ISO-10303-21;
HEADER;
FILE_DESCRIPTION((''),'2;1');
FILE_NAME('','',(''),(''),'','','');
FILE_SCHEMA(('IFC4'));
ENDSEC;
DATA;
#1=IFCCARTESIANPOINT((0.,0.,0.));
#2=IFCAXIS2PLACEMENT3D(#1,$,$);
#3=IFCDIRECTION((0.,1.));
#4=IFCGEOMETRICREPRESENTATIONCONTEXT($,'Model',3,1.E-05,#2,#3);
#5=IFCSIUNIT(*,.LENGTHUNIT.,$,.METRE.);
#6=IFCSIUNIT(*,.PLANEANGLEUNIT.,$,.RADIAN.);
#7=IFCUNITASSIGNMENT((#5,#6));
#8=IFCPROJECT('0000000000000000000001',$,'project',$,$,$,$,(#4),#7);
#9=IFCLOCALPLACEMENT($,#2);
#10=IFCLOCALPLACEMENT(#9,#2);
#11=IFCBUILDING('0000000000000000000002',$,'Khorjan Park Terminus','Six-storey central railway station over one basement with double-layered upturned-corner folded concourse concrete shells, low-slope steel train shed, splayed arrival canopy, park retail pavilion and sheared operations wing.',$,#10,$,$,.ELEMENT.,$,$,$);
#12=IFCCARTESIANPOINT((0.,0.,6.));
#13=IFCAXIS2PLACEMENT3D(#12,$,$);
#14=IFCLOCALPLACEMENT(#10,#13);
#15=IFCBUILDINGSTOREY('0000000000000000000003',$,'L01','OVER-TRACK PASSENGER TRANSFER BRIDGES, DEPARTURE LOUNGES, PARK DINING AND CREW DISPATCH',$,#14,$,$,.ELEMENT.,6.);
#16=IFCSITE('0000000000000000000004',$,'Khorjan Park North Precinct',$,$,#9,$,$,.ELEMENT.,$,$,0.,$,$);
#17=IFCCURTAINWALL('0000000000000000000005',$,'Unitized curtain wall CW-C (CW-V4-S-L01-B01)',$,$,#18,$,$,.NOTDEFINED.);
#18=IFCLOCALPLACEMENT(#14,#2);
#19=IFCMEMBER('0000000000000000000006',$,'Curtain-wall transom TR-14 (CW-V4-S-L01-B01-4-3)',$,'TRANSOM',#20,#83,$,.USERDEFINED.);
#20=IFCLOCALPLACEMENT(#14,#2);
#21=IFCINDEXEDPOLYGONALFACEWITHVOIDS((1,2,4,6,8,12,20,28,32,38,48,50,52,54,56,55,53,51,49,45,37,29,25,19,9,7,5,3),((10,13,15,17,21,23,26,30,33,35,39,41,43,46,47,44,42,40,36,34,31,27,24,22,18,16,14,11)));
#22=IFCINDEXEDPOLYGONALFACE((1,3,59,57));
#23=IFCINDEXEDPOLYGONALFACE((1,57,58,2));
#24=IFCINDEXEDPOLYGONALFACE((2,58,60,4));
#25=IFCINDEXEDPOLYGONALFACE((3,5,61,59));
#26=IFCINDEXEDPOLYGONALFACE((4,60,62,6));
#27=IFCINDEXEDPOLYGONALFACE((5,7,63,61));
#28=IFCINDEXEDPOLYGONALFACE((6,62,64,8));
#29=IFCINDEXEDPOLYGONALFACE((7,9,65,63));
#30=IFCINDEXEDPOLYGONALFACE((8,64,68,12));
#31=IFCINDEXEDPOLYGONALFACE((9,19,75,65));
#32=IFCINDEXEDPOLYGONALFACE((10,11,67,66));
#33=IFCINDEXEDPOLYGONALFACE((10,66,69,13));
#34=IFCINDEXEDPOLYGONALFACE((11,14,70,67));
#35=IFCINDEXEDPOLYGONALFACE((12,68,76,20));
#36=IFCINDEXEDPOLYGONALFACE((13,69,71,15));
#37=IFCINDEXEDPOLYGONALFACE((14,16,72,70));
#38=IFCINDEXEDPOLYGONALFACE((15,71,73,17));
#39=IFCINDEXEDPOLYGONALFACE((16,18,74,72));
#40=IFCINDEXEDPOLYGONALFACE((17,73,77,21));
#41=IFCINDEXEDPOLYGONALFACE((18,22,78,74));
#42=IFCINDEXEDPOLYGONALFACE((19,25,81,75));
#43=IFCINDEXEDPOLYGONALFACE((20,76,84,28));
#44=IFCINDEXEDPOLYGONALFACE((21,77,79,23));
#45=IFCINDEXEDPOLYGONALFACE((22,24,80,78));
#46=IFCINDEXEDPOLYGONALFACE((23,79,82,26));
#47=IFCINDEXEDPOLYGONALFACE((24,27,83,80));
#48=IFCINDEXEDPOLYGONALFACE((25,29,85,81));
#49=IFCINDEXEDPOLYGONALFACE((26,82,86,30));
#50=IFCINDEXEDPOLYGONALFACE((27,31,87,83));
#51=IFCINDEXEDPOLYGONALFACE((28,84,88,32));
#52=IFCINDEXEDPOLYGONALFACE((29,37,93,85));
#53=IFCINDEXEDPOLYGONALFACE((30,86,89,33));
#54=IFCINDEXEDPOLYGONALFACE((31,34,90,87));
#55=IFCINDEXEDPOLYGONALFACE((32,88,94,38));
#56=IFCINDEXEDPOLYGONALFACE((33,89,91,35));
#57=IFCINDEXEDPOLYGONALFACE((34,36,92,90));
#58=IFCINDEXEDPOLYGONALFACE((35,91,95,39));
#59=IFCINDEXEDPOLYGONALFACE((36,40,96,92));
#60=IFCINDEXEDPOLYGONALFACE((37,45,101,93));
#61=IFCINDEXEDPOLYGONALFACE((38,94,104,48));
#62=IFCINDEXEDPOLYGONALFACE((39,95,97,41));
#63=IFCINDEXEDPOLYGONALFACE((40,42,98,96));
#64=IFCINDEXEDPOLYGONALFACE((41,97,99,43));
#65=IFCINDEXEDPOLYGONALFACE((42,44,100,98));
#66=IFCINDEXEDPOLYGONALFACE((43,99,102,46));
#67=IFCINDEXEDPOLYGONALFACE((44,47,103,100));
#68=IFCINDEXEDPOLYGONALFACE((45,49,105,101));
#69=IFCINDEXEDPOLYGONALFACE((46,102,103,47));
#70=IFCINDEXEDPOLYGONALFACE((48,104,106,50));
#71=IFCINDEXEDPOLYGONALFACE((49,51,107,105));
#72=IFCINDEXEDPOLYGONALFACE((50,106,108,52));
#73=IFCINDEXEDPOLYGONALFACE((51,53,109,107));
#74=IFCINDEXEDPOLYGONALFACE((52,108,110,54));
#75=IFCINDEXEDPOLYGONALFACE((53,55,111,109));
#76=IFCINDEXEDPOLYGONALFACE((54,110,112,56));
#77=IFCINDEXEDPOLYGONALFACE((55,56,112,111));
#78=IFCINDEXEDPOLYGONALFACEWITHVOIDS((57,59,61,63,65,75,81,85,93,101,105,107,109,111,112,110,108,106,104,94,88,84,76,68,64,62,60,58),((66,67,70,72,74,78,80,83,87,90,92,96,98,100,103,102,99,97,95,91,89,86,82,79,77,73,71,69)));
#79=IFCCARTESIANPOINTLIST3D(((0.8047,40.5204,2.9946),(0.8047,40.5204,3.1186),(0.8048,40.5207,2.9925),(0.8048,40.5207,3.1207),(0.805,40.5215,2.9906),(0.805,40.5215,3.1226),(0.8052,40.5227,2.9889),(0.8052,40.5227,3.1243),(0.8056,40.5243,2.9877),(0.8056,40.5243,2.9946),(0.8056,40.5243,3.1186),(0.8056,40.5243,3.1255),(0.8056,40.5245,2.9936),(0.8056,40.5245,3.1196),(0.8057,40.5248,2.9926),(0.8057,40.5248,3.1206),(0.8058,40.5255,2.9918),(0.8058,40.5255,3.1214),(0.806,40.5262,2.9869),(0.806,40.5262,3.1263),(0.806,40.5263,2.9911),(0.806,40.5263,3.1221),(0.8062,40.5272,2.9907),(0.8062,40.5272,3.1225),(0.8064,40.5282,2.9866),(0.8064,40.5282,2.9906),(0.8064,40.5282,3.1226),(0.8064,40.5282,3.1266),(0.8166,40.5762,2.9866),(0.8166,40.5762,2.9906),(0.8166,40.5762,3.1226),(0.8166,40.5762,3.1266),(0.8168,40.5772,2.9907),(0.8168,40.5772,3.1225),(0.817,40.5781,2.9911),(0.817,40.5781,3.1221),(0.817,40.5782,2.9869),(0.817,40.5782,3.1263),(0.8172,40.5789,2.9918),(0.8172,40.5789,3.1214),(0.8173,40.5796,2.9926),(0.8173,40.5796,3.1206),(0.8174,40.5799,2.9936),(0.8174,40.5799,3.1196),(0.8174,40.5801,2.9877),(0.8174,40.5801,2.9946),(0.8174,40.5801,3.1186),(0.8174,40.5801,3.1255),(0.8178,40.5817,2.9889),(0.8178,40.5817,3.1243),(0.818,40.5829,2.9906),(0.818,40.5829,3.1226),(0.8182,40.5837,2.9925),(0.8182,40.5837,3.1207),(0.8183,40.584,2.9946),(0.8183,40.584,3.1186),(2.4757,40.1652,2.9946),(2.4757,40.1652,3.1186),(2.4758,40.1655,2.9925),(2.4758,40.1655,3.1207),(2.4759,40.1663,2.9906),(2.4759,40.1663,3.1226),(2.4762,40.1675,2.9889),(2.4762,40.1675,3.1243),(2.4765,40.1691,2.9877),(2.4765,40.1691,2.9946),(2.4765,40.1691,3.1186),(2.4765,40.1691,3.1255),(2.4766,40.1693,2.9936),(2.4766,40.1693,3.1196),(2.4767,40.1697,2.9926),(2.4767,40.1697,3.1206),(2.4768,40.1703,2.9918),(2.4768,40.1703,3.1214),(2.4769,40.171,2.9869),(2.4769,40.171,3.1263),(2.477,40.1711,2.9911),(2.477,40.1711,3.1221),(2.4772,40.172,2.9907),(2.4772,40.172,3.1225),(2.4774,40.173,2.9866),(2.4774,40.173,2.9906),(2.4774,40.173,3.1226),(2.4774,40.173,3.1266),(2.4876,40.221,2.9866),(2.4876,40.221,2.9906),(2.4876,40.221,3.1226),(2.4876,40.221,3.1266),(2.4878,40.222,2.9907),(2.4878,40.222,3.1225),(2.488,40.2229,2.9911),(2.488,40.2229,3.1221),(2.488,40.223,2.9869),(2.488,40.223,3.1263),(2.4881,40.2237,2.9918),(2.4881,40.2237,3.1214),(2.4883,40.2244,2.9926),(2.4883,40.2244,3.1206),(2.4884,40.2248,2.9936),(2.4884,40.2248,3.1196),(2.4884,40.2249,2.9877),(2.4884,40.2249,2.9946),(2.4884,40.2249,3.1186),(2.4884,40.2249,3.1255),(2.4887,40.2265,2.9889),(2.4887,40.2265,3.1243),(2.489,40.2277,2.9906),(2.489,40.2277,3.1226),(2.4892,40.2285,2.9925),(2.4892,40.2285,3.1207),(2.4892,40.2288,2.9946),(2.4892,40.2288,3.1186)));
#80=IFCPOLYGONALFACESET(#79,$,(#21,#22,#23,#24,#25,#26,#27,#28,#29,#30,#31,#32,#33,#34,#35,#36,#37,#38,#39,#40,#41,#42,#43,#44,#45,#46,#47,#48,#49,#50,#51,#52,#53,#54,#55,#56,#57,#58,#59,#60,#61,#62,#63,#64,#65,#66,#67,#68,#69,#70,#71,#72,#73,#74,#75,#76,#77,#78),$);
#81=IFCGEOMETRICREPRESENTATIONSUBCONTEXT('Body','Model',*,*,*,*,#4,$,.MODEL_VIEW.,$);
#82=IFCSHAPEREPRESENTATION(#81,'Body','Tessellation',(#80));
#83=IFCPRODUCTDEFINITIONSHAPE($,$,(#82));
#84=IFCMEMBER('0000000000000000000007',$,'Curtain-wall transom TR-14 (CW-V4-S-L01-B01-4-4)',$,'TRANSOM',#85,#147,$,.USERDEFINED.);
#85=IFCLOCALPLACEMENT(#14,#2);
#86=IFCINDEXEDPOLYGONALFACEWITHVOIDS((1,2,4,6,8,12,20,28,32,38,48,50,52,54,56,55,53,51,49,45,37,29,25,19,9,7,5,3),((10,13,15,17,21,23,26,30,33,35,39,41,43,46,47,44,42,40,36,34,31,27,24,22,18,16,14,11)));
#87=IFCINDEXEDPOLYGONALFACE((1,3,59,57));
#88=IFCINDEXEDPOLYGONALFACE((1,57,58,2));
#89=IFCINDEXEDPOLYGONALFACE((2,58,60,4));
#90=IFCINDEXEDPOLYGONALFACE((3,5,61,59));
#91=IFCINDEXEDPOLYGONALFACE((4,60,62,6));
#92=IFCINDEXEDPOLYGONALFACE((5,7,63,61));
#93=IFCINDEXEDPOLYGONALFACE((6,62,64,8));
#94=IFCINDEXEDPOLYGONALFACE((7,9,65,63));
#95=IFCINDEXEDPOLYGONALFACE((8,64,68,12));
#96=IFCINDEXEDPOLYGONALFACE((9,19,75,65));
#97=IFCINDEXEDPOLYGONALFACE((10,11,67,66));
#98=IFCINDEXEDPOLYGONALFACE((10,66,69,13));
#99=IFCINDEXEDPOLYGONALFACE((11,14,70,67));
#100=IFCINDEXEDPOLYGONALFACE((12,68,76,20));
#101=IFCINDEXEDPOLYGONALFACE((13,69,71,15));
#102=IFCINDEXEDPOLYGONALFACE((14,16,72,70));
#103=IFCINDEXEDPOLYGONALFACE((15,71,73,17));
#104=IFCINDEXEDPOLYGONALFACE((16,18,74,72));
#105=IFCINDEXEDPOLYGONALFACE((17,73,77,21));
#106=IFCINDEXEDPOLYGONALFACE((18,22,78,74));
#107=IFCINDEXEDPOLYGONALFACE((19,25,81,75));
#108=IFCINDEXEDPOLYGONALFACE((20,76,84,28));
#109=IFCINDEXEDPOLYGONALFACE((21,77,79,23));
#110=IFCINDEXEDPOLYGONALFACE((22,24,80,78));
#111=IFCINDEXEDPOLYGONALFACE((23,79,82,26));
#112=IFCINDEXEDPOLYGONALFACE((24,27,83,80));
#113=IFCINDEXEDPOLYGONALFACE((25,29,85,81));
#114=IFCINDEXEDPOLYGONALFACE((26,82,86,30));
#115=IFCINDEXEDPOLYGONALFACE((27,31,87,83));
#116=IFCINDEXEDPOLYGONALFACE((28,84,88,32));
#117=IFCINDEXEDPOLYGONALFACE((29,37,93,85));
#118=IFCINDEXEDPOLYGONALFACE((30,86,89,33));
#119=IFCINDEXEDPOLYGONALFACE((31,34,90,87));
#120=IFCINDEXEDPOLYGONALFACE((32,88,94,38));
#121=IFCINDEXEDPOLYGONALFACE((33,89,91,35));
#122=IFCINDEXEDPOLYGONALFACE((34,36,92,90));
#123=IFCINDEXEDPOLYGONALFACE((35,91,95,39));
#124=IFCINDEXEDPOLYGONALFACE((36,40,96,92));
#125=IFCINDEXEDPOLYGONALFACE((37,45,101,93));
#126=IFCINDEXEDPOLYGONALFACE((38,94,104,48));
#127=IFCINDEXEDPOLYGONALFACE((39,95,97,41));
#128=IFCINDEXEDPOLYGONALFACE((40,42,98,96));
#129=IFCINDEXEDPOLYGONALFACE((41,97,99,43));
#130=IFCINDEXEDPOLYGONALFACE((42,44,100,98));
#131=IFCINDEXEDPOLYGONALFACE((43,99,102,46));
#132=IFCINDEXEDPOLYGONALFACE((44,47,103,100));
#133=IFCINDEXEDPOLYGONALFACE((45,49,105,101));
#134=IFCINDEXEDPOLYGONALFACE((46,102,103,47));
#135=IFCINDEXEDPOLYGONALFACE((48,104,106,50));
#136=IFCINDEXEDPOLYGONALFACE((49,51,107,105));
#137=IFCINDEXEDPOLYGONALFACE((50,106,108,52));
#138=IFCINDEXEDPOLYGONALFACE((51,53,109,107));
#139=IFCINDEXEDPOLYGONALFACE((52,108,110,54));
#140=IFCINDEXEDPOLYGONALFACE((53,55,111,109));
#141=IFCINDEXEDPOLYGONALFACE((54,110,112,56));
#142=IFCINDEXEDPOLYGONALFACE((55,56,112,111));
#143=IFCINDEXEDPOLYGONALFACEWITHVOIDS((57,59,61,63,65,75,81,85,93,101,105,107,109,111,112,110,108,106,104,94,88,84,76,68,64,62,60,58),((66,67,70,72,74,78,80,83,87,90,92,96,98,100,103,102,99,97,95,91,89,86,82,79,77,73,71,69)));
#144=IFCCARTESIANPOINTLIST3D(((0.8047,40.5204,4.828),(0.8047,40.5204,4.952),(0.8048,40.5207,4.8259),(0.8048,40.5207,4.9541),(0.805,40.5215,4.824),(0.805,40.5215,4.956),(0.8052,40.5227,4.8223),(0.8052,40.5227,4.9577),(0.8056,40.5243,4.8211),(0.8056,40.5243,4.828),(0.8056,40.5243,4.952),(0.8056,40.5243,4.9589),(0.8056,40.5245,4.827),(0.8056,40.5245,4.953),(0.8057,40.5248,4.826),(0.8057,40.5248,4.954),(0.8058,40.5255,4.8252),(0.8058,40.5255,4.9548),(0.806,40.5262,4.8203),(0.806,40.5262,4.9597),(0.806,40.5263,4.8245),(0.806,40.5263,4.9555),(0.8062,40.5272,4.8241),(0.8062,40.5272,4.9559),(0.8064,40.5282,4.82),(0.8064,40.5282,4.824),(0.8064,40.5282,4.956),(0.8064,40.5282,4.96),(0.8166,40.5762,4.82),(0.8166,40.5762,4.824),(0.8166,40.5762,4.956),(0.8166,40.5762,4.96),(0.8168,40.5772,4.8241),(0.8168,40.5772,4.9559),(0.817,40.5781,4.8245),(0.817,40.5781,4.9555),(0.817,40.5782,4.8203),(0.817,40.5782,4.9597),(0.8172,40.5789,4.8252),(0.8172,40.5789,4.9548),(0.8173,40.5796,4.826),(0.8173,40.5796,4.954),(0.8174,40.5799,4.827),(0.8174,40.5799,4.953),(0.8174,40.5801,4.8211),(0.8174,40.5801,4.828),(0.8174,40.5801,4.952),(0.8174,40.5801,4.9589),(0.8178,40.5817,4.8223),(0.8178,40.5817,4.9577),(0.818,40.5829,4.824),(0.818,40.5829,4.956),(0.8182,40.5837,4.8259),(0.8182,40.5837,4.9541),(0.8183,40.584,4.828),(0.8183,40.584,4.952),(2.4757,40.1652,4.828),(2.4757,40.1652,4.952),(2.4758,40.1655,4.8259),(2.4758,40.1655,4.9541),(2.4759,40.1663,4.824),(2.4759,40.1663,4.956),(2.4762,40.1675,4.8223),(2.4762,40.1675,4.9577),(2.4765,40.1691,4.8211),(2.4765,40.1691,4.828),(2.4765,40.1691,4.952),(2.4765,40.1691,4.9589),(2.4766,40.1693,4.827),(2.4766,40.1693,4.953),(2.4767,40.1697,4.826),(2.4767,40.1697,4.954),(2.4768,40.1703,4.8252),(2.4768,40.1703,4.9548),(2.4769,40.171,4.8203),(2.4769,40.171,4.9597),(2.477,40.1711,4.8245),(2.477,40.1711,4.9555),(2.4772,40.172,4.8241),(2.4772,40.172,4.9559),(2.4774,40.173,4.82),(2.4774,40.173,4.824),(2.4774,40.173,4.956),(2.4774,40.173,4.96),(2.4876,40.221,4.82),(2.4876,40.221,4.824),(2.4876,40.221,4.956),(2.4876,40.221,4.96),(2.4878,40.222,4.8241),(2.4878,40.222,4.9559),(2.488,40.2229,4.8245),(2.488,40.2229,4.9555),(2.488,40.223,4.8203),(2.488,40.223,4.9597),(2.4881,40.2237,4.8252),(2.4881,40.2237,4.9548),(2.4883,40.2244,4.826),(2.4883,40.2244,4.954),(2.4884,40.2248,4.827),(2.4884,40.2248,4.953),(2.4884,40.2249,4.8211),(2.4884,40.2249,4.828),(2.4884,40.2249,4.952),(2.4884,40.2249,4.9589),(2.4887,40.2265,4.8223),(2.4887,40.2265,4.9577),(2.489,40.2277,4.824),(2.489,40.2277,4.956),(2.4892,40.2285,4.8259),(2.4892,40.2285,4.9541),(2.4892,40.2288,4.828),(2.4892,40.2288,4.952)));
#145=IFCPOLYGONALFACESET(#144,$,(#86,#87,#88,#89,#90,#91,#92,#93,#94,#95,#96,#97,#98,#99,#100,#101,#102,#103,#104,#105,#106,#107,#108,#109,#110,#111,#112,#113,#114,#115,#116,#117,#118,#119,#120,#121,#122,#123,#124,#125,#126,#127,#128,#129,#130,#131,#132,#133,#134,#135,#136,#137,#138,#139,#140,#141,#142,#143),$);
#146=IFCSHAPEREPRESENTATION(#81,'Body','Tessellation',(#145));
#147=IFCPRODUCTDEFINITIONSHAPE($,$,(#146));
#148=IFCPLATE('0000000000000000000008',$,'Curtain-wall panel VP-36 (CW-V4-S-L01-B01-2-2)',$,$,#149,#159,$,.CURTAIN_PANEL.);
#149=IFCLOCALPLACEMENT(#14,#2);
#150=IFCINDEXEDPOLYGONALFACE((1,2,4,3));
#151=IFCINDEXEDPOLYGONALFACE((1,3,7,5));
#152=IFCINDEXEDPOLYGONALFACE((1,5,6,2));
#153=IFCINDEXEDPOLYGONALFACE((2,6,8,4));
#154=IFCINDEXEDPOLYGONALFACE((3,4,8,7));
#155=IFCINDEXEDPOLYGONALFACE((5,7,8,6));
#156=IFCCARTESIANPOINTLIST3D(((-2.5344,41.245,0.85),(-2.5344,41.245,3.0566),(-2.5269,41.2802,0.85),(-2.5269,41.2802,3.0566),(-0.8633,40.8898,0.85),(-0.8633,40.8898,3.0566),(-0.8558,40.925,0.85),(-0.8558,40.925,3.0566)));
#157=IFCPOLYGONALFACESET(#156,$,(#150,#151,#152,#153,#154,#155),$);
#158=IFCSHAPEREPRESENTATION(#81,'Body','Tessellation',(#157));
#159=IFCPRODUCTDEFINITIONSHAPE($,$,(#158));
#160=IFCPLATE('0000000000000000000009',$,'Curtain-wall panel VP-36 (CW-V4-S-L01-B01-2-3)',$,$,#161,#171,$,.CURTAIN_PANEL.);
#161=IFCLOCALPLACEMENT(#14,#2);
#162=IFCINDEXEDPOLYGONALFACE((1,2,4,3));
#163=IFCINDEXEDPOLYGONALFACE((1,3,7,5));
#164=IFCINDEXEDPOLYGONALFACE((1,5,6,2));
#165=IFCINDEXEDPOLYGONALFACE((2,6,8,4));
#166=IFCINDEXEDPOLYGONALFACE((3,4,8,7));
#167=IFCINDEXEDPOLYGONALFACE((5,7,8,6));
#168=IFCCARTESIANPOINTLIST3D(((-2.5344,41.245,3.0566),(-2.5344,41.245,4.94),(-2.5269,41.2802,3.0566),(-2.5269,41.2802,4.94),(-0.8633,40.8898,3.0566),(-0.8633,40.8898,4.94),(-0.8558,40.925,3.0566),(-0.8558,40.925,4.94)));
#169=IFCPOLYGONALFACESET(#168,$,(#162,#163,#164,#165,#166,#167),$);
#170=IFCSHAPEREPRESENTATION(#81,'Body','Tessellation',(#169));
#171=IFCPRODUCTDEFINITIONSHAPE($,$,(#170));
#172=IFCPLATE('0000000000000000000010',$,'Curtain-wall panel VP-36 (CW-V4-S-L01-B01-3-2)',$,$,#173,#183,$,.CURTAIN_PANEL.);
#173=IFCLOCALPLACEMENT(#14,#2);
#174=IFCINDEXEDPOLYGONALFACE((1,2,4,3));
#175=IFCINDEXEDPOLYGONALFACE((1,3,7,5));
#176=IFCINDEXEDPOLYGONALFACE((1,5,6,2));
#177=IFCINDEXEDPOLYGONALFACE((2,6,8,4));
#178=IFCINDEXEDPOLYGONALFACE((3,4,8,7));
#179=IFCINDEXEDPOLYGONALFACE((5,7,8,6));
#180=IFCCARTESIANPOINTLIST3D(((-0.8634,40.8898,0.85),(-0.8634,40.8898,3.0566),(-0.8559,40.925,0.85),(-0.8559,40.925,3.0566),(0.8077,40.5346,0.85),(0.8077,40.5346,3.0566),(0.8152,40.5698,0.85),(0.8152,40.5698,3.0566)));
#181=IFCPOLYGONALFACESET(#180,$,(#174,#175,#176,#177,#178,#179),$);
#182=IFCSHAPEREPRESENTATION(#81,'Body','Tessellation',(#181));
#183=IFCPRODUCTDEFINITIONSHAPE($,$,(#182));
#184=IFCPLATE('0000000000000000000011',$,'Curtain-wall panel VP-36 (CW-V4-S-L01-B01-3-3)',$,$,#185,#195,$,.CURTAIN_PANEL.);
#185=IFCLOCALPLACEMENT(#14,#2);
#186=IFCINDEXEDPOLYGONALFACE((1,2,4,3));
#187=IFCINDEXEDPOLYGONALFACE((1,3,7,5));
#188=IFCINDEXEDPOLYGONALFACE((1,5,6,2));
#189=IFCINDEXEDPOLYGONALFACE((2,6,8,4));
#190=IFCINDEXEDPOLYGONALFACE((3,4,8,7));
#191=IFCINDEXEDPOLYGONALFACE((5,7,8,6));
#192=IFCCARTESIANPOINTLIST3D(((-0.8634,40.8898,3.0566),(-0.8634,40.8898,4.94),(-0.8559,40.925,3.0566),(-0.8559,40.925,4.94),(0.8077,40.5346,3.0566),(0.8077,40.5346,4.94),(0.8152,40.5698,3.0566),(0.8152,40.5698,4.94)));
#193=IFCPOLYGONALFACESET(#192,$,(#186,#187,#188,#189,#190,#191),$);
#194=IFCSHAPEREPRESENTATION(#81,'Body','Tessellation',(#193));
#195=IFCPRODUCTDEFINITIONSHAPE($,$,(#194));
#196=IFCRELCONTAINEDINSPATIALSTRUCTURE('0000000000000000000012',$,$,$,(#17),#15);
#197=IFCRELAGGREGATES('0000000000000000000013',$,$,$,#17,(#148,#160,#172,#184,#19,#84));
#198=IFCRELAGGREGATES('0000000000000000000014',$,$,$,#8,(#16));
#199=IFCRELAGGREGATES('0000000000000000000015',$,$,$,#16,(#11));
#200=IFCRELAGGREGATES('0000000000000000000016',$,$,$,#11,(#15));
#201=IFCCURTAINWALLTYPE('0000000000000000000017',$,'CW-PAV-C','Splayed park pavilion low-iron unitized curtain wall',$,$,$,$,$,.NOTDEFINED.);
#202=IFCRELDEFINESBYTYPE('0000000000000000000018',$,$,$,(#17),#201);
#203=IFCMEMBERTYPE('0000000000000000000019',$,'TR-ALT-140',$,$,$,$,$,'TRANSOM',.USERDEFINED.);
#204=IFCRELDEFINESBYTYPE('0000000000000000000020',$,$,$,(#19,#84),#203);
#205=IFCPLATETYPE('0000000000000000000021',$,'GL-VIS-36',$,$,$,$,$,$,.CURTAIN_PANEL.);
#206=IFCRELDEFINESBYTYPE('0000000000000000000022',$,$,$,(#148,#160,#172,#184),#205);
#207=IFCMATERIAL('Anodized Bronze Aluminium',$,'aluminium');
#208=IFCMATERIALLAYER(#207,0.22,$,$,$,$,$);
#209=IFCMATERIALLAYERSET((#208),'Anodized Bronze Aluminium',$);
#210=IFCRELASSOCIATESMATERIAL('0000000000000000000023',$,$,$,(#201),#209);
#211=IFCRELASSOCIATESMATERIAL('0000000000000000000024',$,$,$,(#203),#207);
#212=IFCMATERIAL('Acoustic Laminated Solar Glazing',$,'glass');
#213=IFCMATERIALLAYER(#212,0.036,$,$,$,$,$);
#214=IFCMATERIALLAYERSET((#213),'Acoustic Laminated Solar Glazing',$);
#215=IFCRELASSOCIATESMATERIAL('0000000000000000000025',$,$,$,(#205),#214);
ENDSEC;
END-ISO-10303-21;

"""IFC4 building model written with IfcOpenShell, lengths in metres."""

from ifc_helpers import new_model, si_unit, direction, frame, origin, origin_2d, place, context, subcontext, project, spatial, rectangle, hollow_rectangle, extrude, material, layer, layer_set, material_profile, profile_set, type_object, element, aggregate, save


model = new_model("IFC4")

# Units and contexts
model_context = context("Model", 3, precision=1e-05, world=origin(), true_north=direction((0.0, 1.0)))
body_context = subcontext(model_context, "Body", "Model", "MODEL_VIEW")
ifc_project = project(units=[si_unit("LENGTHUNIT", "METRE"), si_unit("PLANEANGLEUNIT", "RADIAN")], contexts=[model_context])

# Site, building, storey
site_placement = place(None, origin())
site = spatial("IfcSite", under=ifc_project, at=site_placement, Name="Khorjan Park North Precinct", CompositionType="ELEMENT", RefElevation=0.0)
building_placement = place(site_placement, origin())
building = spatial("IfcBuilding", under=site, at=building_placement, Name="Khorjan Park Terminus", Description="Six-storey central railway station over one basement with double-layered upturned-corner folded concourse concrete shells, low-slope steel train shed, splayed arrival canopy, park retail pavilion and sheared operations wing.", CompositionType="ELEMENT")
storey_placement = place(building_placement, frame((0.0, 0.0, 6.0)))
storey = spatial("IfcBuildingStorey", under=building, at=storey_placement, Name="L01", Description="OVER-TRACK PASSENGER TRANSFER BRIDGES, DEPARTURE LOUNGES, PARK DINING AND CREW DISPATCH", CompositionType="ELEMENT", Elevation=6.0)

# Curtain wall, members, plates
ifc_material_1 = material(Name="Anodized Bronze Aluminium", Category="aluminium")
ifc_layer_1 = layer(ifc_material_1, 0.22)
ifc_layer_set_1 = layer_set([ifc_layer_1], Name="Anodized Bronze Aluminium")
curtain_wall_type = type_object("IfcCurtainWallType", Name="CW-PAV-C", Description="Splayed park pavilion low-iron unitized curtain wall", PredefinedType="NOTDEFINED", material=ifc_layer_set_1)
curtain_wall_placement = place(storey_placement, origin())
curtain_wall = element("IfcCurtainWall", 1, at=curtain_wall_placement, inside=storey, type_object=curtain_wall_type, Name="Unitized curtain wall CW-C (CW-V4-S-L01-B01)", PredefinedType="NOTDEFINED")
ifc_material_profile_1 = material_profile(ifc_material_1, hollow_rectangle(XDim=0.065, YDim=0.14, WallThickness=0.004, InnerFilletRadius=0.004, OuterFilletRadius=0.008, at=origin_2d()), Name="ALT 65x140x4")
ifc_profile_set_1 = profile_set([ifc_material_profile_1], Name="Anodized Bronze Aluminium")
member_type_1 = type_object("IfcMemberType", Name="TR-ALT-140", ElementType="TRANSOM", PredefinedType="USERDEFINED", material=ifc_profile_set_1)
member_1_placement = place(storey_placement, frame((0.8115, 40.5522, 3.0566), z_axis=(0.978145, -0.207922, 0.0), x_axis=(0.207922, 0.978145, 0.0)))
member_1 = element("IfcMember", 2, at=member_1_placement, type_object=member_type_1, Name="Curtain-wall transom TR-14 (CW-V4-S-L01-B01-4-3)", ObjectType="TRANSOM", PredefinedType="USERDEFINED", context=body_context, shape_type="SweptSolid", body=[
    extrude(hollow_rectangle(XDim=0.065, YDim=0.14, WallThickness=0.004, InnerFilletRadius=0.004, OuterFilletRadius=0.008, at=origin_2d()), origin(), (0.0, 0.0, 1.0), 1.7083),
])
member_2_placement = place(storey_placement, frame((0.8115, 40.5522, 4.89), z_axis=(0.978145, -0.207922, 0.0), x_axis=(0.207922, 0.978145, 0.0)))
member_2 = element("IfcMember", 3, at=member_2_placement, type_object=member_type_1, Name="Curtain-wall transom TR-14 (CW-V4-S-L01-B01-4-4)", ObjectType="TRANSOM", PredefinedType="USERDEFINED", context=body_context, shape_type="SweptSolid", body=[
    extrude(hollow_rectangle(XDim=0.065, YDim=0.14, WallThickness=0.004, InnerFilletRadius=0.004, OuterFilletRadius=0.008, at=origin_2d()), origin(), (0.0, 0.0, 1.0), 1.7083),
])
ifc_material_2 = material(Name="Acoustic Laminated Solar Glazing", Category="glass")
ifc_layer_2 = layer(ifc_material_2, 0.036)
ifc_layer_set_2 = layer_set([ifc_layer_2], Name="Acoustic Laminated Solar Glazing")
plate_type_1 = type_object("IfcPlateType", Name="GL-VIS-36", PredefinedType="CURTAIN_PANEL", material=ifc_layer_set_2)
plate_1_placement = place(storey_placement, frame((-1.6951, 41.085, 0.85), z_axis=(0.0, 0.0, 1.0), x_axis=(0.978147, -0.207914, 0.0)))
plate_1 = element("IfcPlate", 4, at=plate_1_placement, type_object=plate_type_1, Name="Curtain-wall panel VP-36 (CW-V4-S-L01-B01-2-2)", PredefinedType="CURTAIN_PANEL", context=body_context, shape_type="SweptSolid", body=[
    extrude(rectangle(XDim=1.7084, YDim=0.036, at=origin_2d()), origin(), (0.0, 0.0, 1.0), 2.2066),
])
plate_2_placement = place(storey_placement, frame((-1.6951, 41.085, 3.0566), z_axis=(0.0, 0.0, 1.0), x_axis=(0.978147, -0.207914, 0.0)))
plate_2 = element("IfcPlate", 5, at=plate_2_placement, type_object=plate_type_1, Name="Curtain-wall panel VP-36 (CW-V4-S-L01-B01-2-3)", PredefinedType="CURTAIN_PANEL", context=body_context, shape_type="SweptSolid", body=[
    extrude(rectangle(XDim=1.7084, YDim=0.036, at=origin_2d()), origin(), (0.0, 0.0, 1.0), 1.8834),
])
plate_3_placement = place(storey_placement, frame((-0.0241, 40.7298, 0.85), z_axis=(0.0, 0.0, 1.0), x_axis=(0.978147, -0.207914, 0.0)))
plate_3 = element("IfcPlate", 6, at=plate_3_placement, type_object=plate_type_1, Name="Curtain-wall panel VP-36 (CW-V4-S-L01-B01-3-2)", PredefinedType="CURTAIN_PANEL", context=body_context, shape_type="SweptSolid", body=[
    extrude(rectangle(XDim=1.7084, YDim=0.036, at=origin_2d()), origin(), (0.0, 0.0, 1.0), 2.2066),
])
plate_4_placement = place(storey_placement, frame((-0.0241, 40.7298, 3.0566), z_axis=(0.0, 0.0, 1.0), x_axis=(0.978147, -0.207914, 0.0)))
plate_4 = element("IfcPlate", 7, at=plate_4_placement, type_object=plate_type_1, Name="Curtain-wall panel VP-36 (CW-V4-S-L01-B01-3-3)", PredefinedType="CURTAIN_PANEL", context=body_context, shape_type="SweptSolid", body=[
    extrude(rectangle(XDim=1.7084, YDim=0.036, at=origin_2d()), origin(), (0.0, 0.0, 1.0), 1.8834),
])
aggregate(curtain_wall, [plate_1, plate_2, plate_3, plate_4, member_1, member_2])

save(model, "model.ifc")
